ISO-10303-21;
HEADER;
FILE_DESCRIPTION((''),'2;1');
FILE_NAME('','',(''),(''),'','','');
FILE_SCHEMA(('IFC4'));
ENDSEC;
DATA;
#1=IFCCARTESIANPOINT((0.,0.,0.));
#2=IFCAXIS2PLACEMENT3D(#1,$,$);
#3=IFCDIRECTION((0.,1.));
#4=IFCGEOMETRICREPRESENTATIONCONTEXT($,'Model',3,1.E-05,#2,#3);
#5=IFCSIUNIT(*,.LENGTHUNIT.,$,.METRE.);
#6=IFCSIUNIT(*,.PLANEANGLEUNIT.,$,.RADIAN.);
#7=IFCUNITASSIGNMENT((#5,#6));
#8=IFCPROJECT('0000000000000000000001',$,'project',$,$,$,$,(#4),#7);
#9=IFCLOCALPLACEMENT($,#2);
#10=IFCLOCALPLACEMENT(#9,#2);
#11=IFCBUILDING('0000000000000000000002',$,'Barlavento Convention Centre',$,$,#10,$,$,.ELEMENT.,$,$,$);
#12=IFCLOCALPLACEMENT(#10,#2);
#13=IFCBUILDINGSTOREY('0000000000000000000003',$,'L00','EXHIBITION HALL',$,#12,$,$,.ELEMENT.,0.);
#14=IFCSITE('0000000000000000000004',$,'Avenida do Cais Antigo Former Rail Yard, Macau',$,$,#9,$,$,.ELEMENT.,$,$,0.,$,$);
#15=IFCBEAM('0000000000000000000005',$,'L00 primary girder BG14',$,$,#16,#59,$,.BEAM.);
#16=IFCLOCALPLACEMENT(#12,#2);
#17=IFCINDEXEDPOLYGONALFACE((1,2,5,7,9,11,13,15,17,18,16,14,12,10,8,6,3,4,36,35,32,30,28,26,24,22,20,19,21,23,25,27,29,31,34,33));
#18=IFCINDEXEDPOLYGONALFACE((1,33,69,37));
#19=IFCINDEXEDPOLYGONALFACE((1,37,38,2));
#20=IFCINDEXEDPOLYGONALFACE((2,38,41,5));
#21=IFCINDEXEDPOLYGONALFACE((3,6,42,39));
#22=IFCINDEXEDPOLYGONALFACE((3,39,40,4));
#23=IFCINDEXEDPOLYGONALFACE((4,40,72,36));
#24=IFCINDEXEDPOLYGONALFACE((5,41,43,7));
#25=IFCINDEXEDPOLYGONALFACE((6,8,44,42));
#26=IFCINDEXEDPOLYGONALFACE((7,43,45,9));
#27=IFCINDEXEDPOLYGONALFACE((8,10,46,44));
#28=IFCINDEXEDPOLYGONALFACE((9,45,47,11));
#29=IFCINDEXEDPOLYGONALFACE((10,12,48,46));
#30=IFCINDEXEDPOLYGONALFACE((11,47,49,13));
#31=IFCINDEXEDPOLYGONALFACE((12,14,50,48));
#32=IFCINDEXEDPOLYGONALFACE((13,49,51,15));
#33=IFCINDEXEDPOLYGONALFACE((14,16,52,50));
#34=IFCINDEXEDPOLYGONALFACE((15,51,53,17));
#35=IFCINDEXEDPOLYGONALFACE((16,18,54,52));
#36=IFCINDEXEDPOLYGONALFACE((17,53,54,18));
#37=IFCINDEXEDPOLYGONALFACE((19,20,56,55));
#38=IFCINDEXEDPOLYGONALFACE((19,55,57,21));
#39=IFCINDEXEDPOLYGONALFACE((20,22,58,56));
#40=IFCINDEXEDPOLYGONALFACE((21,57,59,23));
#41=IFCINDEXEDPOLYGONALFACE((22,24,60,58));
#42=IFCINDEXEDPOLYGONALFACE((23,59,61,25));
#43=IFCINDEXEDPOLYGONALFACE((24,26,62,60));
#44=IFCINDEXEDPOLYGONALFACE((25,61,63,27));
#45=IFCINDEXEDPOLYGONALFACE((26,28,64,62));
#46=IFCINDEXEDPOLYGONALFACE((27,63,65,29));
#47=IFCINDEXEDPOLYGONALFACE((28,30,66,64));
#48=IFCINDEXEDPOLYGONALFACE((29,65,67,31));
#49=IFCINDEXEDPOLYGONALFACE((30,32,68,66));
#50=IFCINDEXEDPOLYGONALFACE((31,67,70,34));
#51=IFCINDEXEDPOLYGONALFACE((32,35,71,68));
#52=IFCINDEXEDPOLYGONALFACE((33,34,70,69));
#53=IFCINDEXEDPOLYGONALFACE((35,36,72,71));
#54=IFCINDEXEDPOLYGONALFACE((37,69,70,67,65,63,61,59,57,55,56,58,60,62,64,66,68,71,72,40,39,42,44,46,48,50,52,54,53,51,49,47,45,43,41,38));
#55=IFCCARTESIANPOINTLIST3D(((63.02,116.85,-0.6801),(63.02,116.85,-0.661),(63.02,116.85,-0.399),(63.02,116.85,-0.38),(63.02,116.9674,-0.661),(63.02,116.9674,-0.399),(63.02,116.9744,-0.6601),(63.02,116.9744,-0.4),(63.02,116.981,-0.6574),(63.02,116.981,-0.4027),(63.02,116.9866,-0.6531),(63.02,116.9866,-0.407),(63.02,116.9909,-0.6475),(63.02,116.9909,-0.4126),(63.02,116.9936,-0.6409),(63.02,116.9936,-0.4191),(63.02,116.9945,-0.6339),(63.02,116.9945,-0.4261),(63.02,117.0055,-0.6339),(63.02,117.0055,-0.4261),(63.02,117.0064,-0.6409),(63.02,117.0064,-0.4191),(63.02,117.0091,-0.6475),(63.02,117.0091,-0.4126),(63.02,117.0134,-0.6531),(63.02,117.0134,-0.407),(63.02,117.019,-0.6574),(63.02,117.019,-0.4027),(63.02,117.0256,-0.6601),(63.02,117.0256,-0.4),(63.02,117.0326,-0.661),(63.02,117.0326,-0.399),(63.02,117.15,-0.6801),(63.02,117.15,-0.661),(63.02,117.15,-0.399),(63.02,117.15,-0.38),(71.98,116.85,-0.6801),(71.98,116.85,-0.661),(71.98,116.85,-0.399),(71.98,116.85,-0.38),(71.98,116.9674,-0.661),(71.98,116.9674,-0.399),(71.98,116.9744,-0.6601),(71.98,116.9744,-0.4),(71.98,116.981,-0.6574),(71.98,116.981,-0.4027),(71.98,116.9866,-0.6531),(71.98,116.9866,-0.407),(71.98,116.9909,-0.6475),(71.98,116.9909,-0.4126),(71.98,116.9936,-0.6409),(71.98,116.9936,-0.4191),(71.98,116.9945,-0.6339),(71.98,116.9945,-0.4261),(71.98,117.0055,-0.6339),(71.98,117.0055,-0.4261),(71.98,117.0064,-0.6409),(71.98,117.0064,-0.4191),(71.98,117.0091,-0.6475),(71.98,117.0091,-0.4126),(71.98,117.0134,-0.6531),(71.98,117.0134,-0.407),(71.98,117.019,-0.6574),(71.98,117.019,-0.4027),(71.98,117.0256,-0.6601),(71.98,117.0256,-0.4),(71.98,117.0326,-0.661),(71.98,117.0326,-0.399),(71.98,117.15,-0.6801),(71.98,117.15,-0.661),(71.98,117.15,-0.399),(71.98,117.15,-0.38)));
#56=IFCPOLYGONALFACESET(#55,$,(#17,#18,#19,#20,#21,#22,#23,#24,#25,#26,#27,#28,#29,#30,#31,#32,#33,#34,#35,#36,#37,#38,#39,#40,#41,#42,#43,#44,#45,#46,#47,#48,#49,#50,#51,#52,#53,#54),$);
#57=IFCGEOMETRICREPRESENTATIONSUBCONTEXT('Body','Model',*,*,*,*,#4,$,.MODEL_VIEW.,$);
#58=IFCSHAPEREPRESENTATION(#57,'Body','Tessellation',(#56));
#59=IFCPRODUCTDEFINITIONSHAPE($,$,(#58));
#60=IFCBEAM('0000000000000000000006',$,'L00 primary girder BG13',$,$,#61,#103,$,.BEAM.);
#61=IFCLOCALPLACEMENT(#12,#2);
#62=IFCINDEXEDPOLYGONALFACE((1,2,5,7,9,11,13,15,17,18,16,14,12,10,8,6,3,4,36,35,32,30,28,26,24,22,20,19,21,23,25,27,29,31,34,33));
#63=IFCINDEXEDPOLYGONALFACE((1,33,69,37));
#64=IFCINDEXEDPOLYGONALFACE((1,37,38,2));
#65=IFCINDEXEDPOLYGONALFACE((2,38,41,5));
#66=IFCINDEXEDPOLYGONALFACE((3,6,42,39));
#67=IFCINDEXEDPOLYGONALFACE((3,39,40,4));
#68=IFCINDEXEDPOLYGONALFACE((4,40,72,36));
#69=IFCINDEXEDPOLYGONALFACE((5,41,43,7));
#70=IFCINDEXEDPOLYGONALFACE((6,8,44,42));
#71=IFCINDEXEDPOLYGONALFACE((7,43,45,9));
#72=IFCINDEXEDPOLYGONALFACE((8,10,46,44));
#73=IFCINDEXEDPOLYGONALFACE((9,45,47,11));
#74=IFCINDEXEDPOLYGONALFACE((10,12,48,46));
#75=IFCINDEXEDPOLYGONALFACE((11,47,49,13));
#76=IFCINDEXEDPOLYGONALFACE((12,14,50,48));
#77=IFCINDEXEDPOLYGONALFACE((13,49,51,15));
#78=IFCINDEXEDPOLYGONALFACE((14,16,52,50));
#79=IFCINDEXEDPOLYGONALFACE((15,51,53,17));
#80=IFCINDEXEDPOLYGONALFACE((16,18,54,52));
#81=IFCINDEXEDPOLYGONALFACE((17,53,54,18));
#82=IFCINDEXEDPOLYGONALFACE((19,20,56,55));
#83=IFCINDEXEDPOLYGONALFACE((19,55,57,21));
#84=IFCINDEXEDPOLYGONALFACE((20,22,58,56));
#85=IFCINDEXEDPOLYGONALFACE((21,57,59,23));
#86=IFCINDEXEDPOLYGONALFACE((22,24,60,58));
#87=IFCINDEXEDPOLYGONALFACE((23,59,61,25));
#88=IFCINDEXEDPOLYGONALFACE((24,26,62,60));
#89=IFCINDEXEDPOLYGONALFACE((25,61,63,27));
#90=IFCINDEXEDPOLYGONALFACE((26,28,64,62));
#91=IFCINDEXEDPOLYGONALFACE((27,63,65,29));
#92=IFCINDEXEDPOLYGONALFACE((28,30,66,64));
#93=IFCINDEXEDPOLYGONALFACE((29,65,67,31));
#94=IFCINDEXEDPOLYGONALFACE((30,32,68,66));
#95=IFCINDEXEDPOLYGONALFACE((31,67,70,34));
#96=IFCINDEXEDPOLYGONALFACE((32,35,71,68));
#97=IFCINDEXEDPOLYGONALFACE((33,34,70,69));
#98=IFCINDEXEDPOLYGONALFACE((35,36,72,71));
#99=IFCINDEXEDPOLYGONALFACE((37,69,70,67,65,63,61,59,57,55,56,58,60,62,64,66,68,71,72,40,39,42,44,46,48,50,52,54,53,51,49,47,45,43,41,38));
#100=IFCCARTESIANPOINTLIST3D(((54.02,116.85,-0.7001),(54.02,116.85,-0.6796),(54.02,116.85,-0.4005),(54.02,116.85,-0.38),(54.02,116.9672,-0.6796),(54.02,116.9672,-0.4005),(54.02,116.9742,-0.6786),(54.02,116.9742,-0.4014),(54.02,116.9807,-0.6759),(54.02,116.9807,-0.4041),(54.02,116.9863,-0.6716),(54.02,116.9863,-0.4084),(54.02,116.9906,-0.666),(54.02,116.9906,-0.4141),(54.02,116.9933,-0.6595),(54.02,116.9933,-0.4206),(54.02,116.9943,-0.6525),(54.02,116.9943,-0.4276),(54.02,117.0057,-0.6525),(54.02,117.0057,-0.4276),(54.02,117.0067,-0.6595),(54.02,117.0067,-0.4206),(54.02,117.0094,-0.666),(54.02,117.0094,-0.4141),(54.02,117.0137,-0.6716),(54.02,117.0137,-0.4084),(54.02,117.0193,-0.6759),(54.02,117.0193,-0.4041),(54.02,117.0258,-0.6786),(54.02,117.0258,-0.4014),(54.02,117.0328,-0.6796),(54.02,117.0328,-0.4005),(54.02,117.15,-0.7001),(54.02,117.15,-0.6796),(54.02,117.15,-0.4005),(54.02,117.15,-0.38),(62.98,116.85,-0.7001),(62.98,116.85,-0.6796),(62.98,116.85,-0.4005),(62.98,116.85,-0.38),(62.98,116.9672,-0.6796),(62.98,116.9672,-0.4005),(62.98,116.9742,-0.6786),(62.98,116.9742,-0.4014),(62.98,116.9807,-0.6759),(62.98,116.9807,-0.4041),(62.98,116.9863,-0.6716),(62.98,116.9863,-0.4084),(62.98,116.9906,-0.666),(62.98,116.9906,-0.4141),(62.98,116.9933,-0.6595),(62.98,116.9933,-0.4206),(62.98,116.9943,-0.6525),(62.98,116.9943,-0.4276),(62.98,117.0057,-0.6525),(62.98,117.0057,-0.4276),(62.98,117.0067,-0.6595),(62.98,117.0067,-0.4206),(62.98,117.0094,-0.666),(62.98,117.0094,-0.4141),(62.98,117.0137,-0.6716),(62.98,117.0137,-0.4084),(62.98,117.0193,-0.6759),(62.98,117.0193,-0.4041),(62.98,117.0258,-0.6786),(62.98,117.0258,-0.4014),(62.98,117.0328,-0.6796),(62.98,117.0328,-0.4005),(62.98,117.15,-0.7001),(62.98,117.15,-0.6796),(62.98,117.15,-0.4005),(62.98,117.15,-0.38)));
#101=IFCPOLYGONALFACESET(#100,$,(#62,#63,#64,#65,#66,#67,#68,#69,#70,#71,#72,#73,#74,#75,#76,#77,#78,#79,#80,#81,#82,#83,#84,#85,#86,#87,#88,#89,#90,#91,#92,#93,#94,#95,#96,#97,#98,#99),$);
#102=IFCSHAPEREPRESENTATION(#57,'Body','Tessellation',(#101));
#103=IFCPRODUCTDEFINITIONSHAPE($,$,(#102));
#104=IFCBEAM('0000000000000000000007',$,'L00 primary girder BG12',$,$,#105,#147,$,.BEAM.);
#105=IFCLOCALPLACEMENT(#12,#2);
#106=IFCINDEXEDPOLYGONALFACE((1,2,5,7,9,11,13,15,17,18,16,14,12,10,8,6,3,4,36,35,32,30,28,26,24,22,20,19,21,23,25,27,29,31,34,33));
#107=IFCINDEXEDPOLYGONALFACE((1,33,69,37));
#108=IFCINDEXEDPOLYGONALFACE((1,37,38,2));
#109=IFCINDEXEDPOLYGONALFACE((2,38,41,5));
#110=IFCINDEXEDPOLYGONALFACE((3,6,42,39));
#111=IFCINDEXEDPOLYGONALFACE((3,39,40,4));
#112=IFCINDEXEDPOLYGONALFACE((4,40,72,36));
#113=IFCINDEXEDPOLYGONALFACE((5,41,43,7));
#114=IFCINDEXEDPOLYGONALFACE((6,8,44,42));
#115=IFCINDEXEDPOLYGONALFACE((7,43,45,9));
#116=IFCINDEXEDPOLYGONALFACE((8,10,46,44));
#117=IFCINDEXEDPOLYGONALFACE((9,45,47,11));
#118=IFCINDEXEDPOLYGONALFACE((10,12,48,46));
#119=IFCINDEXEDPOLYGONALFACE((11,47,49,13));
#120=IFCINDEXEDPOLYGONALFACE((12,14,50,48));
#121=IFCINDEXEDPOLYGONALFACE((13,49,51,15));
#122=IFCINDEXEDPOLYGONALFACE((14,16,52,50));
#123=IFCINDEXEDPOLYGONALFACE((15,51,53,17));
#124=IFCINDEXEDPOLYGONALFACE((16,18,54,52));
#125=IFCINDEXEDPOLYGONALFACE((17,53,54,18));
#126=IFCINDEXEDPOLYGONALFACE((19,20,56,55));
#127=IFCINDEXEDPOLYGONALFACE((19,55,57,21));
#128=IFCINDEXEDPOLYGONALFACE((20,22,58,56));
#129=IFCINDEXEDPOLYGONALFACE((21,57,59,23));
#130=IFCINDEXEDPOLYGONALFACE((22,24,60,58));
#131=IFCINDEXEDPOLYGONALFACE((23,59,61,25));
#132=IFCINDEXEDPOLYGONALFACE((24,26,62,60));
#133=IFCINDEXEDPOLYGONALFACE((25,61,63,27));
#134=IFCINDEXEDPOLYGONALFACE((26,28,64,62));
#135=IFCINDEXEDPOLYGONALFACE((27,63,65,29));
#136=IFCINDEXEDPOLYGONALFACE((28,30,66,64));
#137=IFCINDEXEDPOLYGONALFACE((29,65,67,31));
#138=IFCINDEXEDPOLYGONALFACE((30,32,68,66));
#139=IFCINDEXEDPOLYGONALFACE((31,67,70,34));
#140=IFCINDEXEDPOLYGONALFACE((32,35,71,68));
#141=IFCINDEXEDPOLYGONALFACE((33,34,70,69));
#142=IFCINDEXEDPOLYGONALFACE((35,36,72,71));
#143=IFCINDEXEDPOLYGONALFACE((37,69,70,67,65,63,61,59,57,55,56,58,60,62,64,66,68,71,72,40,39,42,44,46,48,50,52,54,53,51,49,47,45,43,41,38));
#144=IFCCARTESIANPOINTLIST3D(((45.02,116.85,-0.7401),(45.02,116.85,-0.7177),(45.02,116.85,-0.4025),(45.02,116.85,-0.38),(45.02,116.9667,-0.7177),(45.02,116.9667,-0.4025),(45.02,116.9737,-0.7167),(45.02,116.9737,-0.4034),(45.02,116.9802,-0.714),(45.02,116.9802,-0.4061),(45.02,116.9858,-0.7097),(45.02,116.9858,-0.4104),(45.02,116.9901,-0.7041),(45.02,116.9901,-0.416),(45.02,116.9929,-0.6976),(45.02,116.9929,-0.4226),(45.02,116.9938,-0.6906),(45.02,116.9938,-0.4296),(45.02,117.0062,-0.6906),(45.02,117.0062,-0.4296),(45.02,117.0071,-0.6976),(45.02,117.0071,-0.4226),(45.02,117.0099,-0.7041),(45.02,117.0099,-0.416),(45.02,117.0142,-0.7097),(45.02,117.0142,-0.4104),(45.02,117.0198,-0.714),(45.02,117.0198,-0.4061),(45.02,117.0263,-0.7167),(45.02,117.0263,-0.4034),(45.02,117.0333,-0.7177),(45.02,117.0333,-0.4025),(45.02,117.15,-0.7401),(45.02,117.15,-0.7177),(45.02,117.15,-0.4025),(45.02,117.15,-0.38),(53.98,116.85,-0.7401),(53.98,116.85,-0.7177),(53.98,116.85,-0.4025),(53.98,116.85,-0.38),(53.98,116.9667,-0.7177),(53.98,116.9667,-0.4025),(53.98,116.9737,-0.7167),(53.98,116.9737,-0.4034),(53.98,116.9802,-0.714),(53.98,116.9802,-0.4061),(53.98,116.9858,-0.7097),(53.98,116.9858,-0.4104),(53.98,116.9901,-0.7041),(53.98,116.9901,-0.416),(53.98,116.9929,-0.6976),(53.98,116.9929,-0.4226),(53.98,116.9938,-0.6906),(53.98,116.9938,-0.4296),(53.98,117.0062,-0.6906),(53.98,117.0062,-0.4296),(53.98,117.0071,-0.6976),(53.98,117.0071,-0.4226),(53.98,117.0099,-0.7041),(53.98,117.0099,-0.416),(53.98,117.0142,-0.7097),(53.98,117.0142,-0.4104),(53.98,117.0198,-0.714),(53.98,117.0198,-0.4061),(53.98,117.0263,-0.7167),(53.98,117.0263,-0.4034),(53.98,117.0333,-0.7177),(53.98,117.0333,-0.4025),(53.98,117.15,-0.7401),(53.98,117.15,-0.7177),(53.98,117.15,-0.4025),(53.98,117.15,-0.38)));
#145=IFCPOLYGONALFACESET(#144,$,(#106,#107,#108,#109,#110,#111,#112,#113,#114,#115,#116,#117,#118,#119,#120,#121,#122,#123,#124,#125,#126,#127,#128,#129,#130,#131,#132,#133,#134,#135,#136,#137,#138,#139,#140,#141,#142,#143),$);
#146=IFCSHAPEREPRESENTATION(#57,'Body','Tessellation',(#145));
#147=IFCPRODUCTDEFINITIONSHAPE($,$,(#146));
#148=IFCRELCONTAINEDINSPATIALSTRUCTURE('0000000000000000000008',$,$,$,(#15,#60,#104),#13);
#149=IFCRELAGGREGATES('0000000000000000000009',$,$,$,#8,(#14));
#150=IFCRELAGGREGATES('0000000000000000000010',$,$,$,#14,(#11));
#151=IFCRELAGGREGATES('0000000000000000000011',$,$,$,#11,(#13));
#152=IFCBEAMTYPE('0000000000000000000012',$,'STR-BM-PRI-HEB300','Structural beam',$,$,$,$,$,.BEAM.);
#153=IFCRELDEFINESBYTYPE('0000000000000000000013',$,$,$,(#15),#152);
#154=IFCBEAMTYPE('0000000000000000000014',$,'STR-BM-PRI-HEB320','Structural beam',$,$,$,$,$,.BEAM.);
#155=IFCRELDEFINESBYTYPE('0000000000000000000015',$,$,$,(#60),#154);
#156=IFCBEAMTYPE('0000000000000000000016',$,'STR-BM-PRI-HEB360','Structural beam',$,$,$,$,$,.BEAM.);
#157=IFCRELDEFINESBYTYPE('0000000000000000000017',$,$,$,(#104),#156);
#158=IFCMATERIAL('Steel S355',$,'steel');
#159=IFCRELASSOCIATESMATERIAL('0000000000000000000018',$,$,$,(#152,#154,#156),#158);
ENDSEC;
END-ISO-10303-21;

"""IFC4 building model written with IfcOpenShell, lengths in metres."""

from ifc_helpers import new_model, si_unit, direction, frame, origin, origin_2d, place, context, subcontext, project, spatial, i_section, extrude, material, material_profile, profile_set, type_object, element, save


model = new_model("IFC4")

# Units and contexts
model_context = context("Model", 3, precision=1e-05, world=origin(), true_north=direction((0.0, 1.0)))
body_context = subcontext(model_context, "Body", "Model", "MODEL_VIEW")
ifc_project = project(units=[si_unit("LENGTHUNIT", "METRE"), si_unit("PLANEANGLEUNIT", "RADIAN")], contexts=[model_context])

# Site, building, storey
site_placement = place(None, origin())
site = spatial("IfcSite", under=ifc_project, at=site_placement, Name="Avenida do Cais Antigo Former Rail Yard, Macau", CompositionType="ELEMENT", RefElevation=0.0)
building_placement = place(site_placement, origin())
building = spatial("IfcBuilding", under=site, at=building_placement, Name="Barlavento Convention Centre", CompositionType="ELEMENT")
storey_placement = place(building_placement, origin())
storey = spatial("IfcBuildingStorey", under=building, at=storey_placement, Name="L00", Description="EXHIBITION HALL", CompositionType="ELEMENT", Elevation=0.0)

# Beams
ifc_material_1 = material(Name="Steel S355", Category="steel")
ifc_material_profile_1 = material_profile(ifc_material_1, i_section(OverallWidth=0.3, OverallDepth=0.3, WebThickness=0.011, FlangeThickness=0.019, FilletRadius=0.0271, at=origin_2d()), Name="HEB 300")
ifc_profile_set_1 = profile_set([ifc_material_profile_1], Name="Steel S355")
beam_type_1 = type_object("IfcBeamType", Name="STR-BM-PRI-HEB300", Description="Structural beam", PredefinedType="BEAM", material=ifc_profile_set_1)
for number, where, z_axis, x_axis, name in (
    (1, (63.02, 117.0, -0.53), (1.0, 0.0, 0.0), (0.0, 1.0, 0.0), "L00 primary girder BG14"),
):
    element("IfcBeam", number, at=place(storey_placement, frame(where, z_axis=z_axis, x_axis=x_axis)), inside=storey, type_object=beam_type_1, Name=name, PredefinedType="BEAM", context=body_context, shape_type="SweptSolid", body=[
        extrude(i_section(OverallWidth=0.3, OverallDepth=0.3, WebThickness=0.011, FlangeThickness=0.019, FilletRadius=0.0271, at=origin_2d()), origin(), (0.0, 0.0, 1.0), 8.96),
    ])
ifc_material_profile_2 = material_profile(ifc_material_1, i_section(OverallWidth=0.3, OverallDepth=0.3201, WebThickness=0.0115, FlangeThickness=0.0205, FilletRadius=0.0271, at=origin_2d()), Name="HEB 320")
ifc_profile_set_2 = profile_set([ifc_material_profile_2], Name="Steel S355")
beam_type_2 = type_object("IfcBeamType", Name="STR-BM-PRI-HEB320", Description="Structural beam", PredefinedType="BEAM", material=ifc_profile_set_2)
beam_1_placement = place(storey_placement, frame((54.02, 117.0, -0.54), z_axis=(1.0, 0.0, 0.0), x_axis=(0.0, 1.0, 0.0)))
element("IfcBeam", 2, at=beam_1_placement, inside=storey, type_object=beam_type_2, Name="L00 primary girder BG13", PredefinedType="BEAM", context=body_context, shape_type="SweptSolid", body=[
    extrude(i_section(OverallWidth=0.3, OverallDepth=0.3201, WebThickness=0.0115, FlangeThickness=0.0205, FilletRadius=0.0271, at=origin_2d()), origin(), (0.0, 0.0, 1.0), 8.96),
])
ifc_material_profile_3 = material_profile(ifc_material_1, i_section(OverallWidth=0.3, OverallDepth=0.3601, WebThickness=0.0125, FlangeThickness=0.0225, FilletRadius=0.0271, at=origin_2d()), Name="HEB 360")
ifc_profile_set_3 = profile_set([ifc_material_profile_3], Name="Steel S355")
beam_type_3 = type_object("IfcBeamType", Name="STR-BM-PRI-HEB360", Description="Structural beam", PredefinedType="BEAM", material=ifc_profile_set_3)
beam_2_placement = place(storey_placement, frame((45.02, 117.0, -0.5601), z_axis=(1.0, 0.0, 0.0), x_axis=(0.0, 1.0, 0.0)))
element("IfcBeam", 3, at=beam_2_placement, inside=storey, type_object=beam_type_3, Name="L00 primary girder BG12", PredefinedType="BEAM", context=body_context, shape_type="SweptSolid", body=[
    extrude(i_section(OverallWidth=0.3, OverallDepth=0.3601, WebThickness=0.0125, FlangeThickness=0.0225, FilletRadius=0.0271, at=origin_2d()), origin(), (0.0, 0.0, 1.0), 8.96),
])

save(model, "model.ifc")
